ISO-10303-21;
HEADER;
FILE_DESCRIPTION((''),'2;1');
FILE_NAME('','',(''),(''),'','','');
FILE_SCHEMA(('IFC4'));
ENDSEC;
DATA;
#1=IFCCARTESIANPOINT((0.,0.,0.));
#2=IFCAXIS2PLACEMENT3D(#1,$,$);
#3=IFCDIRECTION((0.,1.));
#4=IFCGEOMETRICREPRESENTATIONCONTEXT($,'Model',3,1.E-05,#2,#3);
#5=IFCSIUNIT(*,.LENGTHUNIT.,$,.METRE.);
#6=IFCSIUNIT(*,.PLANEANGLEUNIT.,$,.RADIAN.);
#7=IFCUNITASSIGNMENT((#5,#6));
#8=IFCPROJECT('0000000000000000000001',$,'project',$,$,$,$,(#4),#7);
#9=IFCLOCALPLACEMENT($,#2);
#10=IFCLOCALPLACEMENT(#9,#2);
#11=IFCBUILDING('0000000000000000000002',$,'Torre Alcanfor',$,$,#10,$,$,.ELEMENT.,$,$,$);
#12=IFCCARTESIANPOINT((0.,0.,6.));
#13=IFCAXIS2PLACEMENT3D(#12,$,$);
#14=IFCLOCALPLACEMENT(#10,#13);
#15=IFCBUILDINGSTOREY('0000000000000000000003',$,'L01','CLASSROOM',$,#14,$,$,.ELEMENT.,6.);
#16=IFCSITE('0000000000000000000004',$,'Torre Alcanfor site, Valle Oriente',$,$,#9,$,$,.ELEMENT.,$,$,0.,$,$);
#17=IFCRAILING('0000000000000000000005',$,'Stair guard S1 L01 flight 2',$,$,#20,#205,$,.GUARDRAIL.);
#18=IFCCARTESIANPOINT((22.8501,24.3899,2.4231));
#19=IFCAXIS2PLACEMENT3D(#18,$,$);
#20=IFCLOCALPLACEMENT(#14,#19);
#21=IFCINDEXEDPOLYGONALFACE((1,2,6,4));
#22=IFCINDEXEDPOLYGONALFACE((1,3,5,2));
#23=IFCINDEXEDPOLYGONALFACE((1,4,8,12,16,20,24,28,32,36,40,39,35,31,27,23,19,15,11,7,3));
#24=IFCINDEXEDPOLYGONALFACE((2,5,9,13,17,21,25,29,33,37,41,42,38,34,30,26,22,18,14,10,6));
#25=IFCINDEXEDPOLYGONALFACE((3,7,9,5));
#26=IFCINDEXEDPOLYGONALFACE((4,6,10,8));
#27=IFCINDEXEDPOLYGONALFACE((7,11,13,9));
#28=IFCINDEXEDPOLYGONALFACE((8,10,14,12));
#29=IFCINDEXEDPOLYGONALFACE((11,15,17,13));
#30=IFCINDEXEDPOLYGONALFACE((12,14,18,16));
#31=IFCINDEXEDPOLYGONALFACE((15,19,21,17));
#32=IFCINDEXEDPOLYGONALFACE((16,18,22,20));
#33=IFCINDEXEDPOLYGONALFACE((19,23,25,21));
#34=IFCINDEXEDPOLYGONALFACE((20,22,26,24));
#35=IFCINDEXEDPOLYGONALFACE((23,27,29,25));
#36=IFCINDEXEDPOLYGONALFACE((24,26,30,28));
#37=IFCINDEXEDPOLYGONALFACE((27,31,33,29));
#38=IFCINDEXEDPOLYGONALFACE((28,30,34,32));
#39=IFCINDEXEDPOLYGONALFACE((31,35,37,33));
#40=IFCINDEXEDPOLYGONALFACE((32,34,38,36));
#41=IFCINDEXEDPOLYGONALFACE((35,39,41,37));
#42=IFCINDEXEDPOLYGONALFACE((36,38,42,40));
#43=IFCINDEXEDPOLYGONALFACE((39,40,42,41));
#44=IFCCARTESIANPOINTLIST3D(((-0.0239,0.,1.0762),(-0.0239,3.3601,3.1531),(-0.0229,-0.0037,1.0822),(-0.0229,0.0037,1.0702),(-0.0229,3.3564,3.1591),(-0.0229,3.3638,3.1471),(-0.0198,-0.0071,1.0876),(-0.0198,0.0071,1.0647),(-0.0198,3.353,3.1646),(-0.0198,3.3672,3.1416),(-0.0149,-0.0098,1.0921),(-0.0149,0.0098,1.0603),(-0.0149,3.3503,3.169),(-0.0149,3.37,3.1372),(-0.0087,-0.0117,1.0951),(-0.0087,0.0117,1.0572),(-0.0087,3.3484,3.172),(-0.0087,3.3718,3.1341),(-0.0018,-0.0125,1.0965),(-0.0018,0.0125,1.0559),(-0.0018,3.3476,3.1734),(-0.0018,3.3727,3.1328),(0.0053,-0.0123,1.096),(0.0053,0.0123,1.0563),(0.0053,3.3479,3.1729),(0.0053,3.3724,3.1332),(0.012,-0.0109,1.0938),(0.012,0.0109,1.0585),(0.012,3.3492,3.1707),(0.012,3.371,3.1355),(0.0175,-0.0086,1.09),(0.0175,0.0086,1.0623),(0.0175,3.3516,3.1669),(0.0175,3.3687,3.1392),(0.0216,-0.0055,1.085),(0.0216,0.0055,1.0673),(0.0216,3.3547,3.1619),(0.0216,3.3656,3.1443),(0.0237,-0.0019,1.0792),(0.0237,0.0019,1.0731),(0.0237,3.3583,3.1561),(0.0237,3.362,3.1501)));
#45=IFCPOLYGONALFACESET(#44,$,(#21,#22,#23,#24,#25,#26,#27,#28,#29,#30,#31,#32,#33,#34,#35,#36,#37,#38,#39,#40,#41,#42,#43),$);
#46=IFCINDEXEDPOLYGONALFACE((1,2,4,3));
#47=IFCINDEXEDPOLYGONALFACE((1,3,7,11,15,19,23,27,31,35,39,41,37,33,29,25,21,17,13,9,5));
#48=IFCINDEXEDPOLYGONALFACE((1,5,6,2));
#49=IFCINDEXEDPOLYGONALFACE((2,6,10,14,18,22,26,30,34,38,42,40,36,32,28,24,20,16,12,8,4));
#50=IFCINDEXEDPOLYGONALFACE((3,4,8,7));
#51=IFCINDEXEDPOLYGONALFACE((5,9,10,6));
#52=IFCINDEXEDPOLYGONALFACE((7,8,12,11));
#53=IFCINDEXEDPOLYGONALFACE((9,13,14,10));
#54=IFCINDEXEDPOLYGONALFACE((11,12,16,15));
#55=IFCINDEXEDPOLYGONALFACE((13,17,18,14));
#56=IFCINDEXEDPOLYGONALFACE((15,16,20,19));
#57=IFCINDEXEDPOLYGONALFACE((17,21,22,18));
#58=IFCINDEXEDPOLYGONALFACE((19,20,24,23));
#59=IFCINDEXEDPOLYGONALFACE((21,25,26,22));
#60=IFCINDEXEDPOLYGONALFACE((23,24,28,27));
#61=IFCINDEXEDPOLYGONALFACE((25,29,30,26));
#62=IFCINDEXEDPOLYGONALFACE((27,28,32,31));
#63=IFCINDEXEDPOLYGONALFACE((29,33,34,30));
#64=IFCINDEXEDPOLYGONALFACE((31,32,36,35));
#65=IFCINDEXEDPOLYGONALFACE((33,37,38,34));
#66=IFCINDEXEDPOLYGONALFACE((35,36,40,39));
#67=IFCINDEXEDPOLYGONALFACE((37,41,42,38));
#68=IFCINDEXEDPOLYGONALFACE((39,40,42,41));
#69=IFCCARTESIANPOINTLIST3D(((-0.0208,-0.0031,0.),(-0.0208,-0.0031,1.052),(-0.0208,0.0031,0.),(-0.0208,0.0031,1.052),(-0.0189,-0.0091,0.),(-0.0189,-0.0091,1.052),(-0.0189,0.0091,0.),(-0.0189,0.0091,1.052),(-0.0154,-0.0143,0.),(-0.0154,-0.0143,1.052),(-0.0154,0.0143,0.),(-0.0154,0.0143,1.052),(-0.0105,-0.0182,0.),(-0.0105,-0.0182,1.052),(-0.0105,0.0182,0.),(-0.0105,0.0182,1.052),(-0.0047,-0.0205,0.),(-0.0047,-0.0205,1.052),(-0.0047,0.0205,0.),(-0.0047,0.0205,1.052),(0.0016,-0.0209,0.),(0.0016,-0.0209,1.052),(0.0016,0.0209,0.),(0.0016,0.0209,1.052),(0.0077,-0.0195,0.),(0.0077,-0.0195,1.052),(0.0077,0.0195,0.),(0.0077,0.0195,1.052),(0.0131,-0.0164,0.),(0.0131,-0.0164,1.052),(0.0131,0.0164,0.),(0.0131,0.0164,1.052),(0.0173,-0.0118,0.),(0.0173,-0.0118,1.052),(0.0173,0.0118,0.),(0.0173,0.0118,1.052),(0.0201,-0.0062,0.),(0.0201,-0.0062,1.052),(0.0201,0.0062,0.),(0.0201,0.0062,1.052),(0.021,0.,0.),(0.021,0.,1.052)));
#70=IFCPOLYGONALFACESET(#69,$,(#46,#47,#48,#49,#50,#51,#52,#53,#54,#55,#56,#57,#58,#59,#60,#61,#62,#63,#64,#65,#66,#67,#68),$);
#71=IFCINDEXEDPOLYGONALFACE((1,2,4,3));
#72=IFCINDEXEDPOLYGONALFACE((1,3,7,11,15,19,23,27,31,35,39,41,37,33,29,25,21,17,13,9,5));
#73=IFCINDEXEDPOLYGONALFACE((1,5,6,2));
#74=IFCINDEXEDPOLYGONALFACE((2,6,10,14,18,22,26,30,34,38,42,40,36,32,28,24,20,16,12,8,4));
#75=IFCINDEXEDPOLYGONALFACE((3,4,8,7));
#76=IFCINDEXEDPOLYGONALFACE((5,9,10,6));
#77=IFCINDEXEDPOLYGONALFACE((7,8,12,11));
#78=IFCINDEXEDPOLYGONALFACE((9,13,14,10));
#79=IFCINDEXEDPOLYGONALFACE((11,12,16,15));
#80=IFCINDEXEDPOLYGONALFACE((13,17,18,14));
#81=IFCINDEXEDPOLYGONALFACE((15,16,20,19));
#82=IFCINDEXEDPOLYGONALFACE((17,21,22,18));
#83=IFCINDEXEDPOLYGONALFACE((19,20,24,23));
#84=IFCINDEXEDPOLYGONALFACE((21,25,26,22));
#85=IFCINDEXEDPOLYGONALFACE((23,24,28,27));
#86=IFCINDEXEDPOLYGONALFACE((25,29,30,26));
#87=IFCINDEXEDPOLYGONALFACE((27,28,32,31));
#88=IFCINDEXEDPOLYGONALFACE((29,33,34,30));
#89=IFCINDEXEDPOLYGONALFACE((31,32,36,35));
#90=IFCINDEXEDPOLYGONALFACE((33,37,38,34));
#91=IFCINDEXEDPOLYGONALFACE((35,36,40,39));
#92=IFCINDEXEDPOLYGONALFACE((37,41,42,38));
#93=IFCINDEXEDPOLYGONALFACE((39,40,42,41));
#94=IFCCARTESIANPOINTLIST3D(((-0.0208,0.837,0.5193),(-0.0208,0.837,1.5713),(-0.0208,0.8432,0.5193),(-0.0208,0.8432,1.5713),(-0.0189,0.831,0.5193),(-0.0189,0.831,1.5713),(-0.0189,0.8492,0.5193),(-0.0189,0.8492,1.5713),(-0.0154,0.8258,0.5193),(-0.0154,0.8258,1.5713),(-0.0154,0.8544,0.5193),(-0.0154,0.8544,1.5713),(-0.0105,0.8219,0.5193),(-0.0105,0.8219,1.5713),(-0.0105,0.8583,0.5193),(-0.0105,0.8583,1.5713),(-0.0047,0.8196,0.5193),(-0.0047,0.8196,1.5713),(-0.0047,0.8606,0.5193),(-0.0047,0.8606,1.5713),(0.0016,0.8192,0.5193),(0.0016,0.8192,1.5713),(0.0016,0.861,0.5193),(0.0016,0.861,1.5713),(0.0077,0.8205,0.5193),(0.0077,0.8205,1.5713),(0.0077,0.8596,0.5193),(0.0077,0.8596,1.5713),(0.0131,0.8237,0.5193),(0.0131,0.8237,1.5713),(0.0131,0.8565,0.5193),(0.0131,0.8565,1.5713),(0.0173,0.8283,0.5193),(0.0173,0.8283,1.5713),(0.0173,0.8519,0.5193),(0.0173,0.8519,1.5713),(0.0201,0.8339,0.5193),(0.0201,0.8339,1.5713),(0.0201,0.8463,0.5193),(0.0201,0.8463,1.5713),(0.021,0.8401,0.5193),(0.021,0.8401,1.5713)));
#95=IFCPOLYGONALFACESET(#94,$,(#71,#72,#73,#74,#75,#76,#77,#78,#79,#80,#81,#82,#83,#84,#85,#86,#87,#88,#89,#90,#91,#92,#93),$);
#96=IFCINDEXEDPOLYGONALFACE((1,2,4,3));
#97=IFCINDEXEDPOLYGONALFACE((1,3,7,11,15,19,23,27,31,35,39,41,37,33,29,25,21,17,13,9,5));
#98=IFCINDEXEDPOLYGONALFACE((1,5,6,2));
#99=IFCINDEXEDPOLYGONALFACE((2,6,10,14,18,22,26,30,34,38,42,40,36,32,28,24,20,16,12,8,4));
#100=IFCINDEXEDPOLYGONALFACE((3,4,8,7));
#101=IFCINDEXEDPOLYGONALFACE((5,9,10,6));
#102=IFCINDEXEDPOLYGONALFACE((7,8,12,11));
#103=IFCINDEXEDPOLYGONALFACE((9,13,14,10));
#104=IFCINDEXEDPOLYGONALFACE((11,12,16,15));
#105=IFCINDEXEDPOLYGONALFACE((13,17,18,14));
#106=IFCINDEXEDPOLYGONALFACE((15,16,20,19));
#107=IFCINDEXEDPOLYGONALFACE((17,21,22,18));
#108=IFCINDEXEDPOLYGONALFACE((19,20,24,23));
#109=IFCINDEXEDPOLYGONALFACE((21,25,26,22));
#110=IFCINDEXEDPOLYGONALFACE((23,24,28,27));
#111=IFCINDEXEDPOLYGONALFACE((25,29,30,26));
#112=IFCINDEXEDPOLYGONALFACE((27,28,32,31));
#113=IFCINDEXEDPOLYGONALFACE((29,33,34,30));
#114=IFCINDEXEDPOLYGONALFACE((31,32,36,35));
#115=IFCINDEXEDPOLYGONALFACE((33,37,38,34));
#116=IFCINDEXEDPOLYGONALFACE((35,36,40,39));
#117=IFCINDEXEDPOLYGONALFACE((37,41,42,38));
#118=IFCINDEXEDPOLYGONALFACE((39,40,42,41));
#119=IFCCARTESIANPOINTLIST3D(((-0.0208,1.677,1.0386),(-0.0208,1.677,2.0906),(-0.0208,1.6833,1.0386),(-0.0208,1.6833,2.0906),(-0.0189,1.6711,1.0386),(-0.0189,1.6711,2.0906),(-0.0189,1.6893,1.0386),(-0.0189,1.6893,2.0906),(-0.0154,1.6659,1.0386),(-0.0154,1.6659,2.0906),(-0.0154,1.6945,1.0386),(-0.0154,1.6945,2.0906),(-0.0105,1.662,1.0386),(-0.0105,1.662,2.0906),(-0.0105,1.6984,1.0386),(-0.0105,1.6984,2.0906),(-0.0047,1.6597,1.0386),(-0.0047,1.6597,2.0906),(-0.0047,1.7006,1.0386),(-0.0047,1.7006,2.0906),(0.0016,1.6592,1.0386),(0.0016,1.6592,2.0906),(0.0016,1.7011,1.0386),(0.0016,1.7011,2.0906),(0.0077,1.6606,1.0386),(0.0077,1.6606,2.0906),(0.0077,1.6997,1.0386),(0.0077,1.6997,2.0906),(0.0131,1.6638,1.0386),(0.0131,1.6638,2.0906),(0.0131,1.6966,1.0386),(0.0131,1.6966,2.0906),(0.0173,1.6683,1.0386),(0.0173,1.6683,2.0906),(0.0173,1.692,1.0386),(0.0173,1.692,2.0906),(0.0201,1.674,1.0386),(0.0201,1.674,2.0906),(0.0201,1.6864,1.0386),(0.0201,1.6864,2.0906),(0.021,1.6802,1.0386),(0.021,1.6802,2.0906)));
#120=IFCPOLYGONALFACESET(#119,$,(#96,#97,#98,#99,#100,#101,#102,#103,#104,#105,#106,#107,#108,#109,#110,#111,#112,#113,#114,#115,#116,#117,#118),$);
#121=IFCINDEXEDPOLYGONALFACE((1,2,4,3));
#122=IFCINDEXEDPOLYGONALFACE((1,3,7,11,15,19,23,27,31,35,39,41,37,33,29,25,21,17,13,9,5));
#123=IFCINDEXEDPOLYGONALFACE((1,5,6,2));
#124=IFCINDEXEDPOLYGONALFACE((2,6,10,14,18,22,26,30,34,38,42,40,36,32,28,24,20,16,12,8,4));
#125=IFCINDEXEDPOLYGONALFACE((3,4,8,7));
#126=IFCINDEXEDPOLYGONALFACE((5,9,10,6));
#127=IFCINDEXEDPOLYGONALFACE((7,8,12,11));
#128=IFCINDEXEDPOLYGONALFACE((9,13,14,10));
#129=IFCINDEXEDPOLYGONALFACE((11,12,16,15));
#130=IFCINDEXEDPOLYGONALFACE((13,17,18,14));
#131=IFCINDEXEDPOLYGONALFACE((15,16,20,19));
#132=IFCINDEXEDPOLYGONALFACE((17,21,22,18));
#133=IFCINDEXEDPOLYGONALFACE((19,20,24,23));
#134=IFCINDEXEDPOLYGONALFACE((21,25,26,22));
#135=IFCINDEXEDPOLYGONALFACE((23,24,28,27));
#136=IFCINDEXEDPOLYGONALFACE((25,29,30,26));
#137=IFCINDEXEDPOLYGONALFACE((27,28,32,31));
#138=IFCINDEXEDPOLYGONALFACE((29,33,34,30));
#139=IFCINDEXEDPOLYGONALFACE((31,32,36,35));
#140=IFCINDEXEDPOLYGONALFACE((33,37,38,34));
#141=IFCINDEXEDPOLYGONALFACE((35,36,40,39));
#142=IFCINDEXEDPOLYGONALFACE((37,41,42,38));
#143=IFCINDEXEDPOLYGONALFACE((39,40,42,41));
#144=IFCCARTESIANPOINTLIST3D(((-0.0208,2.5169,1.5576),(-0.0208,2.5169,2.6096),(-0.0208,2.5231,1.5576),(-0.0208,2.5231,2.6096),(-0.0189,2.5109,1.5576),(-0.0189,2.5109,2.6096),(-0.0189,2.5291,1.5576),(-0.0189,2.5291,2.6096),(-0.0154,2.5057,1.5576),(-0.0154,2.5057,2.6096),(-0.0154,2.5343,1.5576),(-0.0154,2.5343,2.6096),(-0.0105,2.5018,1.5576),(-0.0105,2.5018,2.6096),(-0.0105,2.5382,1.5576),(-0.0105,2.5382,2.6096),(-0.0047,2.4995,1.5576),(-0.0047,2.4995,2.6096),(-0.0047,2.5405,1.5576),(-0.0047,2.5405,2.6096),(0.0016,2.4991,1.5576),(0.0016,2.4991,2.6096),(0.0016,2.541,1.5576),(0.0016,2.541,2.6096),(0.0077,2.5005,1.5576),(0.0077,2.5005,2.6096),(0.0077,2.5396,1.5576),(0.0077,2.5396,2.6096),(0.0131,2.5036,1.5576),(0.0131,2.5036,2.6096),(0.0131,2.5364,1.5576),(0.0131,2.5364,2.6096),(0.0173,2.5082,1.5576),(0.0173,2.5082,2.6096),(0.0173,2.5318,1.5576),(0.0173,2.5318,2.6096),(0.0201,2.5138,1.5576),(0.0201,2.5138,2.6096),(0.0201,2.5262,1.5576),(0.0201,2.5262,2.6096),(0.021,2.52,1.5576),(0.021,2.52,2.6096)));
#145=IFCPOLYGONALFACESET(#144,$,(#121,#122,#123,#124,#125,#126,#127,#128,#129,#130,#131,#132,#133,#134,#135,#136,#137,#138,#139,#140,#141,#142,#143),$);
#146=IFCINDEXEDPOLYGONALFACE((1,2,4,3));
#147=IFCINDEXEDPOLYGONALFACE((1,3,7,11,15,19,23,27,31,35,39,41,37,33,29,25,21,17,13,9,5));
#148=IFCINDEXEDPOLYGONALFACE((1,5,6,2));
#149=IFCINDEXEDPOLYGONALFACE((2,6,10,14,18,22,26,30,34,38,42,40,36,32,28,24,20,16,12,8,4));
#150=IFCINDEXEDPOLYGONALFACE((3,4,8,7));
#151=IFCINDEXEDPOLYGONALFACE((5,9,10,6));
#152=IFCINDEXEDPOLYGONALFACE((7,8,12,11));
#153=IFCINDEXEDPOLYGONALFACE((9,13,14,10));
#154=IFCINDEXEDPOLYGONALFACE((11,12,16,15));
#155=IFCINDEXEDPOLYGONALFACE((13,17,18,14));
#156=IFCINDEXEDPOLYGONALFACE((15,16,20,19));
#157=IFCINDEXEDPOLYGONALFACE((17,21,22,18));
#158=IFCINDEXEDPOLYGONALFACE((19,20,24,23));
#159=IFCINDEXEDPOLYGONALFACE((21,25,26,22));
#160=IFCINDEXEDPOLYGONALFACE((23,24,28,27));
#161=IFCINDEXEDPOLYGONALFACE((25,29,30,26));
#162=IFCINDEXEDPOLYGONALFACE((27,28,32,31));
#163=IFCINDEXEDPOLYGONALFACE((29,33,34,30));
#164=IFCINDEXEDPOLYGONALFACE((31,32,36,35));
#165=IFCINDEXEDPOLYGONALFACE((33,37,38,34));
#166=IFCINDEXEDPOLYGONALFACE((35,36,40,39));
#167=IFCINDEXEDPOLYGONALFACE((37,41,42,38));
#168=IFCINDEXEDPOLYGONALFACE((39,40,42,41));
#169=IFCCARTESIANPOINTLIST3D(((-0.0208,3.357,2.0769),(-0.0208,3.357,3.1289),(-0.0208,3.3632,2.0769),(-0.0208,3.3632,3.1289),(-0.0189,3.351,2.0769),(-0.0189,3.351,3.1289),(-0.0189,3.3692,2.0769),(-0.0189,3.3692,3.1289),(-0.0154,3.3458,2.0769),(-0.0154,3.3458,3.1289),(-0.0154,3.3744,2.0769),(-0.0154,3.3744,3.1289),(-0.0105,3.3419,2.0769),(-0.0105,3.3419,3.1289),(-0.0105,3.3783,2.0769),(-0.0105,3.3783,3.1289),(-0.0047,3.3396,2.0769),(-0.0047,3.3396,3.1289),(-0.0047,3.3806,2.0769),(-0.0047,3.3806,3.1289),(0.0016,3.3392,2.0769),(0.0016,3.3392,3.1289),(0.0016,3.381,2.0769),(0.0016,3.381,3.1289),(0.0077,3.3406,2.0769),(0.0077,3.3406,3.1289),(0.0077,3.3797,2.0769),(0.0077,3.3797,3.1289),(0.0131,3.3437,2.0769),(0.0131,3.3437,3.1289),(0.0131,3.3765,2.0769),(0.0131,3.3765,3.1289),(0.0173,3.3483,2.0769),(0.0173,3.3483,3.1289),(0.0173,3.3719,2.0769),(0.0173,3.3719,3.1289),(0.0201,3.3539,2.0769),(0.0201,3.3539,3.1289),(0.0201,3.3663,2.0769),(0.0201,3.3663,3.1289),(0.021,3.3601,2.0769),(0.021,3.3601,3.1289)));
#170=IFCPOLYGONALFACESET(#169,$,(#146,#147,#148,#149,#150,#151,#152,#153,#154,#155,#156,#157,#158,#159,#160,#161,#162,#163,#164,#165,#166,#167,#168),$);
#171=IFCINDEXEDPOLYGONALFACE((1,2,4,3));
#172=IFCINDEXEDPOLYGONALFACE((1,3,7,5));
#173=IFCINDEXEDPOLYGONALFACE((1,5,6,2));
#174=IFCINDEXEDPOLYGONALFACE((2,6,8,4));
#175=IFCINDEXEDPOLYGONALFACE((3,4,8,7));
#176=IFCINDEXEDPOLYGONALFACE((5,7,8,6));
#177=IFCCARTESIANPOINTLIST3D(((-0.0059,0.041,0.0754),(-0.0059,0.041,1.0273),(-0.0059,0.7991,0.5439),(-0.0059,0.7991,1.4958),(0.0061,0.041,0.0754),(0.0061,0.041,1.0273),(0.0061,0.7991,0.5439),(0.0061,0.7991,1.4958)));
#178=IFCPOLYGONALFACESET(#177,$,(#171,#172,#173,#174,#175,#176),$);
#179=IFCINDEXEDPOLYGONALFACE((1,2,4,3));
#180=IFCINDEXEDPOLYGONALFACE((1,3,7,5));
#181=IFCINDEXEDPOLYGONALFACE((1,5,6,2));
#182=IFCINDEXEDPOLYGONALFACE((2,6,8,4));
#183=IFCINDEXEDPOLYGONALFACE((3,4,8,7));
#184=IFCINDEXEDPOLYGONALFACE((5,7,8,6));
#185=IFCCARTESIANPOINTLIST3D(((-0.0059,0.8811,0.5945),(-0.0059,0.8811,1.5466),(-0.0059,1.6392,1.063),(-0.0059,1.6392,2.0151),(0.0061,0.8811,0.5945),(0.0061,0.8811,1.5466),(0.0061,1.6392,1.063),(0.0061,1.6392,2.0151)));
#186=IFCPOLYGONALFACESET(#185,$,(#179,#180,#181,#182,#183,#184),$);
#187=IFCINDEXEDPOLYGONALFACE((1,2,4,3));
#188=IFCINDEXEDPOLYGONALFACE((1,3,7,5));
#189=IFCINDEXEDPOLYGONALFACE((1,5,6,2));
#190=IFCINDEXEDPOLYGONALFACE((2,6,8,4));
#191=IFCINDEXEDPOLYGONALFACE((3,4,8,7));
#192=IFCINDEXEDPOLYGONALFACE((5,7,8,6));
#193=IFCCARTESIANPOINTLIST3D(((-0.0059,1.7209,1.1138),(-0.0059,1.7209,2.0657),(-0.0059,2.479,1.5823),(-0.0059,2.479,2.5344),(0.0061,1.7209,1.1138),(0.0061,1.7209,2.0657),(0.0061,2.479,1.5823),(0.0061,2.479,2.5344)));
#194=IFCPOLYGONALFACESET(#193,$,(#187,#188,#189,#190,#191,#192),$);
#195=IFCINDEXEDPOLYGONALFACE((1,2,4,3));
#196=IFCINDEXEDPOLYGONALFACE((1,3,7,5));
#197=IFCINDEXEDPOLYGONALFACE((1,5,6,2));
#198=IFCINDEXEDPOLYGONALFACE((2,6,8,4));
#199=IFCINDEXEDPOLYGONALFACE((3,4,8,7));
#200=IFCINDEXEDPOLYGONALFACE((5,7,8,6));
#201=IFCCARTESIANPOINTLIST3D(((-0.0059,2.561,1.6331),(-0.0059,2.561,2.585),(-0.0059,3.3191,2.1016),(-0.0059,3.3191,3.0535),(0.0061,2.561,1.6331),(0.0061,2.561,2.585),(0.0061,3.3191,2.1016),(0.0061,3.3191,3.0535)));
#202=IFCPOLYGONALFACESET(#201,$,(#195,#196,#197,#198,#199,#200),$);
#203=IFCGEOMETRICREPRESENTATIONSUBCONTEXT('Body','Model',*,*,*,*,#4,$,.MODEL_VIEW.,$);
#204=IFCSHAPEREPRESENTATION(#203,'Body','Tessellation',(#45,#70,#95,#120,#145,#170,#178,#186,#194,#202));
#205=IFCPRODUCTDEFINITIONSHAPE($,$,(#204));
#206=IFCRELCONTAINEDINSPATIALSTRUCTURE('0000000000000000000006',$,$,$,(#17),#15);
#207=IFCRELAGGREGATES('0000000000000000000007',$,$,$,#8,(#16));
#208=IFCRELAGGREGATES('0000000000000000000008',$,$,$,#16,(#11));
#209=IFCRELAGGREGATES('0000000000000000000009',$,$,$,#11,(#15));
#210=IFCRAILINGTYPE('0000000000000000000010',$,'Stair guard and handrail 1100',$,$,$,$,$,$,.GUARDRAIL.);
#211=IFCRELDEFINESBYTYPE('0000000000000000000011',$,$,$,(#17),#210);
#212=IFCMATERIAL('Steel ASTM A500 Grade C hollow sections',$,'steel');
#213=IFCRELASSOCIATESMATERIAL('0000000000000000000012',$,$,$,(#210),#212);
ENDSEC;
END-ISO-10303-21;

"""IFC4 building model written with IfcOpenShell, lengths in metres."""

from ifc_helpers import new_model, si_unit, direction, frame, origin, origin_2d, place, context, subcontext, project, spatial, polyline, circle, outline, extrude, material, type_object, element, save


model = new_model("IFC4")

# Units and contexts
model_context = context("Model", 3, precision=1e-05, world=origin(), true_north=direction((0.0, 1.0)))
body_context = subcontext(model_context, "Body", "Model", "MODEL_VIEW")
ifc_project = project(units=[si_unit("LENGTHUNIT", "METRE"), si_unit("PLANEANGLEUNIT", "RADIAN")], contexts=[model_context])

# Site, building, storey
site_placement = place(None, origin())
site = spatial("IfcSite", under=ifc_project, at=site_placement, Name="Torre Alcanfor site, Valle Oriente", CompositionType="ELEMENT", RefElevation=0.0)
building_placement = place(site_placement, origin())
building = spatial("IfcBuilding", under=site, at=building_placement, Name="Torre Alcanfor", CompositionType="ELEMENT")
storey_placement = place(building_placement, frame((0.0, 0.0, 6.0)))
storey = spatial("IfcBuildingStorey", under=building, at=storey_placement, Name="L01", Description="CLASSROOM", CompositionType="ELEMENT", Elevation=6.0)

# Railing
ifc_material_1 = material(Name="Steel ASTM A500 Grade C hollow sections", Category="steel")
railing_type_1 = type_object("IfcRailingType", Name="Stair guard and handrail 1100", PredefinedType="GUARDRAIL", material=ifc_material_1)
railing_1_placement = place(storey_placement, frame((22.8501, 24.3899, 2.4231)))
element("IfcRailing", 1, at=railing_1_placement, inside=storey, type_object=railing_type_1, Name="Stair guard S1 L01 flight 2", PredefinedType="GUARDRAIL", context=body_context, shape_type="SweptSolid", body=[
    extrude(circle(Radius=0.0239, at=origin_2d()), frame((0.0, 0.0, 1.0762), z_axis=(0.0, 0.850623, 0.525776), x_axis=(-1.0, 0.0, 0.0)), (0.0, 0.0, 1.0), 3.9502),
    extrude(circle(Radius=0.021, at=origin_2d()), origin(), (0.0, 0.0, 1.0), 1.052),
    extrude(circle(Radius=0.021, at=origin_2d()), frame((0.0, 0.8401, 0.5193)), (0.0, 0.0, 1.0), 1.052),
    extrude(circle(Radius=0.021, at=origin_2d()), frame((0.0, 1.6802, 1.0386)), (0.0, 0.0, 1.0), 1.052),
    extrude(circle(Radius=0.021, at=origin_2d()), frame((0.0, 2.52, 1.5576)), (0.0, 0.0, 1.0), 1.052),
    extrude(circle(Radius=0.021, at=origin_2d()), frame((0.0, 3.3601, 2.0769)), (0.0, 0.0, 1.0), 1.052),
    extrude(outline(polyline([(0.041, 0.0754), (0.7991, 0.5439), (0.7991, 1.4958), (0.041, 1.0273), (0.041, 0.0754)])), frame((-0.0059, 0.0, 0.0), z_axis=(1.0, 0.0, 0.0), x_axis=(0.0, 1.0, 0.0)), (0.0, 0.0, 1.0), 0.012),
    extrude(outline(polyline([(0.8811, 0.5945), (1.6392, 1.063), (1.6392, 2.0151), (0.8811, 1.5466), (0.8811, 0.5945)])), frame((-0.0059, 0.0, 0.0), z_axis=(1.0, 0.0, 0.0), x_axis=(0.0, 1.0, 0.0)), (0.0, 0.0, 1.0), 0.012),
    extrude(outline(polyline([(1.7209, 1.1138), (2.479, 1.5823), (2.479, 2.5344), (1.7209, 2.0657), (1.7209, 1.1138)])), frame((-0.0059, 0.0, 0.0), z_axis=(1.0, 0.0, 0.0), x_axis=(0.0, 1.0, 0.0)), (0.0, 0.0, 1.0), 0.012),
    extrude(outline(polyline([(2.561, 1.6331), (3.3191, 2.1016), (3.3191, 3.0535), (2.561, 2.585), (2.561, 1.6331)])), frame((-0.0059, 0.0, 0.0), z_axis=(1.0, 0.0, 0.0), x_axis=(0.0, 1.0, 0.0)), (0.0, 0.0, 1.0), 0.012),
])

save(model, "model.ifc")
